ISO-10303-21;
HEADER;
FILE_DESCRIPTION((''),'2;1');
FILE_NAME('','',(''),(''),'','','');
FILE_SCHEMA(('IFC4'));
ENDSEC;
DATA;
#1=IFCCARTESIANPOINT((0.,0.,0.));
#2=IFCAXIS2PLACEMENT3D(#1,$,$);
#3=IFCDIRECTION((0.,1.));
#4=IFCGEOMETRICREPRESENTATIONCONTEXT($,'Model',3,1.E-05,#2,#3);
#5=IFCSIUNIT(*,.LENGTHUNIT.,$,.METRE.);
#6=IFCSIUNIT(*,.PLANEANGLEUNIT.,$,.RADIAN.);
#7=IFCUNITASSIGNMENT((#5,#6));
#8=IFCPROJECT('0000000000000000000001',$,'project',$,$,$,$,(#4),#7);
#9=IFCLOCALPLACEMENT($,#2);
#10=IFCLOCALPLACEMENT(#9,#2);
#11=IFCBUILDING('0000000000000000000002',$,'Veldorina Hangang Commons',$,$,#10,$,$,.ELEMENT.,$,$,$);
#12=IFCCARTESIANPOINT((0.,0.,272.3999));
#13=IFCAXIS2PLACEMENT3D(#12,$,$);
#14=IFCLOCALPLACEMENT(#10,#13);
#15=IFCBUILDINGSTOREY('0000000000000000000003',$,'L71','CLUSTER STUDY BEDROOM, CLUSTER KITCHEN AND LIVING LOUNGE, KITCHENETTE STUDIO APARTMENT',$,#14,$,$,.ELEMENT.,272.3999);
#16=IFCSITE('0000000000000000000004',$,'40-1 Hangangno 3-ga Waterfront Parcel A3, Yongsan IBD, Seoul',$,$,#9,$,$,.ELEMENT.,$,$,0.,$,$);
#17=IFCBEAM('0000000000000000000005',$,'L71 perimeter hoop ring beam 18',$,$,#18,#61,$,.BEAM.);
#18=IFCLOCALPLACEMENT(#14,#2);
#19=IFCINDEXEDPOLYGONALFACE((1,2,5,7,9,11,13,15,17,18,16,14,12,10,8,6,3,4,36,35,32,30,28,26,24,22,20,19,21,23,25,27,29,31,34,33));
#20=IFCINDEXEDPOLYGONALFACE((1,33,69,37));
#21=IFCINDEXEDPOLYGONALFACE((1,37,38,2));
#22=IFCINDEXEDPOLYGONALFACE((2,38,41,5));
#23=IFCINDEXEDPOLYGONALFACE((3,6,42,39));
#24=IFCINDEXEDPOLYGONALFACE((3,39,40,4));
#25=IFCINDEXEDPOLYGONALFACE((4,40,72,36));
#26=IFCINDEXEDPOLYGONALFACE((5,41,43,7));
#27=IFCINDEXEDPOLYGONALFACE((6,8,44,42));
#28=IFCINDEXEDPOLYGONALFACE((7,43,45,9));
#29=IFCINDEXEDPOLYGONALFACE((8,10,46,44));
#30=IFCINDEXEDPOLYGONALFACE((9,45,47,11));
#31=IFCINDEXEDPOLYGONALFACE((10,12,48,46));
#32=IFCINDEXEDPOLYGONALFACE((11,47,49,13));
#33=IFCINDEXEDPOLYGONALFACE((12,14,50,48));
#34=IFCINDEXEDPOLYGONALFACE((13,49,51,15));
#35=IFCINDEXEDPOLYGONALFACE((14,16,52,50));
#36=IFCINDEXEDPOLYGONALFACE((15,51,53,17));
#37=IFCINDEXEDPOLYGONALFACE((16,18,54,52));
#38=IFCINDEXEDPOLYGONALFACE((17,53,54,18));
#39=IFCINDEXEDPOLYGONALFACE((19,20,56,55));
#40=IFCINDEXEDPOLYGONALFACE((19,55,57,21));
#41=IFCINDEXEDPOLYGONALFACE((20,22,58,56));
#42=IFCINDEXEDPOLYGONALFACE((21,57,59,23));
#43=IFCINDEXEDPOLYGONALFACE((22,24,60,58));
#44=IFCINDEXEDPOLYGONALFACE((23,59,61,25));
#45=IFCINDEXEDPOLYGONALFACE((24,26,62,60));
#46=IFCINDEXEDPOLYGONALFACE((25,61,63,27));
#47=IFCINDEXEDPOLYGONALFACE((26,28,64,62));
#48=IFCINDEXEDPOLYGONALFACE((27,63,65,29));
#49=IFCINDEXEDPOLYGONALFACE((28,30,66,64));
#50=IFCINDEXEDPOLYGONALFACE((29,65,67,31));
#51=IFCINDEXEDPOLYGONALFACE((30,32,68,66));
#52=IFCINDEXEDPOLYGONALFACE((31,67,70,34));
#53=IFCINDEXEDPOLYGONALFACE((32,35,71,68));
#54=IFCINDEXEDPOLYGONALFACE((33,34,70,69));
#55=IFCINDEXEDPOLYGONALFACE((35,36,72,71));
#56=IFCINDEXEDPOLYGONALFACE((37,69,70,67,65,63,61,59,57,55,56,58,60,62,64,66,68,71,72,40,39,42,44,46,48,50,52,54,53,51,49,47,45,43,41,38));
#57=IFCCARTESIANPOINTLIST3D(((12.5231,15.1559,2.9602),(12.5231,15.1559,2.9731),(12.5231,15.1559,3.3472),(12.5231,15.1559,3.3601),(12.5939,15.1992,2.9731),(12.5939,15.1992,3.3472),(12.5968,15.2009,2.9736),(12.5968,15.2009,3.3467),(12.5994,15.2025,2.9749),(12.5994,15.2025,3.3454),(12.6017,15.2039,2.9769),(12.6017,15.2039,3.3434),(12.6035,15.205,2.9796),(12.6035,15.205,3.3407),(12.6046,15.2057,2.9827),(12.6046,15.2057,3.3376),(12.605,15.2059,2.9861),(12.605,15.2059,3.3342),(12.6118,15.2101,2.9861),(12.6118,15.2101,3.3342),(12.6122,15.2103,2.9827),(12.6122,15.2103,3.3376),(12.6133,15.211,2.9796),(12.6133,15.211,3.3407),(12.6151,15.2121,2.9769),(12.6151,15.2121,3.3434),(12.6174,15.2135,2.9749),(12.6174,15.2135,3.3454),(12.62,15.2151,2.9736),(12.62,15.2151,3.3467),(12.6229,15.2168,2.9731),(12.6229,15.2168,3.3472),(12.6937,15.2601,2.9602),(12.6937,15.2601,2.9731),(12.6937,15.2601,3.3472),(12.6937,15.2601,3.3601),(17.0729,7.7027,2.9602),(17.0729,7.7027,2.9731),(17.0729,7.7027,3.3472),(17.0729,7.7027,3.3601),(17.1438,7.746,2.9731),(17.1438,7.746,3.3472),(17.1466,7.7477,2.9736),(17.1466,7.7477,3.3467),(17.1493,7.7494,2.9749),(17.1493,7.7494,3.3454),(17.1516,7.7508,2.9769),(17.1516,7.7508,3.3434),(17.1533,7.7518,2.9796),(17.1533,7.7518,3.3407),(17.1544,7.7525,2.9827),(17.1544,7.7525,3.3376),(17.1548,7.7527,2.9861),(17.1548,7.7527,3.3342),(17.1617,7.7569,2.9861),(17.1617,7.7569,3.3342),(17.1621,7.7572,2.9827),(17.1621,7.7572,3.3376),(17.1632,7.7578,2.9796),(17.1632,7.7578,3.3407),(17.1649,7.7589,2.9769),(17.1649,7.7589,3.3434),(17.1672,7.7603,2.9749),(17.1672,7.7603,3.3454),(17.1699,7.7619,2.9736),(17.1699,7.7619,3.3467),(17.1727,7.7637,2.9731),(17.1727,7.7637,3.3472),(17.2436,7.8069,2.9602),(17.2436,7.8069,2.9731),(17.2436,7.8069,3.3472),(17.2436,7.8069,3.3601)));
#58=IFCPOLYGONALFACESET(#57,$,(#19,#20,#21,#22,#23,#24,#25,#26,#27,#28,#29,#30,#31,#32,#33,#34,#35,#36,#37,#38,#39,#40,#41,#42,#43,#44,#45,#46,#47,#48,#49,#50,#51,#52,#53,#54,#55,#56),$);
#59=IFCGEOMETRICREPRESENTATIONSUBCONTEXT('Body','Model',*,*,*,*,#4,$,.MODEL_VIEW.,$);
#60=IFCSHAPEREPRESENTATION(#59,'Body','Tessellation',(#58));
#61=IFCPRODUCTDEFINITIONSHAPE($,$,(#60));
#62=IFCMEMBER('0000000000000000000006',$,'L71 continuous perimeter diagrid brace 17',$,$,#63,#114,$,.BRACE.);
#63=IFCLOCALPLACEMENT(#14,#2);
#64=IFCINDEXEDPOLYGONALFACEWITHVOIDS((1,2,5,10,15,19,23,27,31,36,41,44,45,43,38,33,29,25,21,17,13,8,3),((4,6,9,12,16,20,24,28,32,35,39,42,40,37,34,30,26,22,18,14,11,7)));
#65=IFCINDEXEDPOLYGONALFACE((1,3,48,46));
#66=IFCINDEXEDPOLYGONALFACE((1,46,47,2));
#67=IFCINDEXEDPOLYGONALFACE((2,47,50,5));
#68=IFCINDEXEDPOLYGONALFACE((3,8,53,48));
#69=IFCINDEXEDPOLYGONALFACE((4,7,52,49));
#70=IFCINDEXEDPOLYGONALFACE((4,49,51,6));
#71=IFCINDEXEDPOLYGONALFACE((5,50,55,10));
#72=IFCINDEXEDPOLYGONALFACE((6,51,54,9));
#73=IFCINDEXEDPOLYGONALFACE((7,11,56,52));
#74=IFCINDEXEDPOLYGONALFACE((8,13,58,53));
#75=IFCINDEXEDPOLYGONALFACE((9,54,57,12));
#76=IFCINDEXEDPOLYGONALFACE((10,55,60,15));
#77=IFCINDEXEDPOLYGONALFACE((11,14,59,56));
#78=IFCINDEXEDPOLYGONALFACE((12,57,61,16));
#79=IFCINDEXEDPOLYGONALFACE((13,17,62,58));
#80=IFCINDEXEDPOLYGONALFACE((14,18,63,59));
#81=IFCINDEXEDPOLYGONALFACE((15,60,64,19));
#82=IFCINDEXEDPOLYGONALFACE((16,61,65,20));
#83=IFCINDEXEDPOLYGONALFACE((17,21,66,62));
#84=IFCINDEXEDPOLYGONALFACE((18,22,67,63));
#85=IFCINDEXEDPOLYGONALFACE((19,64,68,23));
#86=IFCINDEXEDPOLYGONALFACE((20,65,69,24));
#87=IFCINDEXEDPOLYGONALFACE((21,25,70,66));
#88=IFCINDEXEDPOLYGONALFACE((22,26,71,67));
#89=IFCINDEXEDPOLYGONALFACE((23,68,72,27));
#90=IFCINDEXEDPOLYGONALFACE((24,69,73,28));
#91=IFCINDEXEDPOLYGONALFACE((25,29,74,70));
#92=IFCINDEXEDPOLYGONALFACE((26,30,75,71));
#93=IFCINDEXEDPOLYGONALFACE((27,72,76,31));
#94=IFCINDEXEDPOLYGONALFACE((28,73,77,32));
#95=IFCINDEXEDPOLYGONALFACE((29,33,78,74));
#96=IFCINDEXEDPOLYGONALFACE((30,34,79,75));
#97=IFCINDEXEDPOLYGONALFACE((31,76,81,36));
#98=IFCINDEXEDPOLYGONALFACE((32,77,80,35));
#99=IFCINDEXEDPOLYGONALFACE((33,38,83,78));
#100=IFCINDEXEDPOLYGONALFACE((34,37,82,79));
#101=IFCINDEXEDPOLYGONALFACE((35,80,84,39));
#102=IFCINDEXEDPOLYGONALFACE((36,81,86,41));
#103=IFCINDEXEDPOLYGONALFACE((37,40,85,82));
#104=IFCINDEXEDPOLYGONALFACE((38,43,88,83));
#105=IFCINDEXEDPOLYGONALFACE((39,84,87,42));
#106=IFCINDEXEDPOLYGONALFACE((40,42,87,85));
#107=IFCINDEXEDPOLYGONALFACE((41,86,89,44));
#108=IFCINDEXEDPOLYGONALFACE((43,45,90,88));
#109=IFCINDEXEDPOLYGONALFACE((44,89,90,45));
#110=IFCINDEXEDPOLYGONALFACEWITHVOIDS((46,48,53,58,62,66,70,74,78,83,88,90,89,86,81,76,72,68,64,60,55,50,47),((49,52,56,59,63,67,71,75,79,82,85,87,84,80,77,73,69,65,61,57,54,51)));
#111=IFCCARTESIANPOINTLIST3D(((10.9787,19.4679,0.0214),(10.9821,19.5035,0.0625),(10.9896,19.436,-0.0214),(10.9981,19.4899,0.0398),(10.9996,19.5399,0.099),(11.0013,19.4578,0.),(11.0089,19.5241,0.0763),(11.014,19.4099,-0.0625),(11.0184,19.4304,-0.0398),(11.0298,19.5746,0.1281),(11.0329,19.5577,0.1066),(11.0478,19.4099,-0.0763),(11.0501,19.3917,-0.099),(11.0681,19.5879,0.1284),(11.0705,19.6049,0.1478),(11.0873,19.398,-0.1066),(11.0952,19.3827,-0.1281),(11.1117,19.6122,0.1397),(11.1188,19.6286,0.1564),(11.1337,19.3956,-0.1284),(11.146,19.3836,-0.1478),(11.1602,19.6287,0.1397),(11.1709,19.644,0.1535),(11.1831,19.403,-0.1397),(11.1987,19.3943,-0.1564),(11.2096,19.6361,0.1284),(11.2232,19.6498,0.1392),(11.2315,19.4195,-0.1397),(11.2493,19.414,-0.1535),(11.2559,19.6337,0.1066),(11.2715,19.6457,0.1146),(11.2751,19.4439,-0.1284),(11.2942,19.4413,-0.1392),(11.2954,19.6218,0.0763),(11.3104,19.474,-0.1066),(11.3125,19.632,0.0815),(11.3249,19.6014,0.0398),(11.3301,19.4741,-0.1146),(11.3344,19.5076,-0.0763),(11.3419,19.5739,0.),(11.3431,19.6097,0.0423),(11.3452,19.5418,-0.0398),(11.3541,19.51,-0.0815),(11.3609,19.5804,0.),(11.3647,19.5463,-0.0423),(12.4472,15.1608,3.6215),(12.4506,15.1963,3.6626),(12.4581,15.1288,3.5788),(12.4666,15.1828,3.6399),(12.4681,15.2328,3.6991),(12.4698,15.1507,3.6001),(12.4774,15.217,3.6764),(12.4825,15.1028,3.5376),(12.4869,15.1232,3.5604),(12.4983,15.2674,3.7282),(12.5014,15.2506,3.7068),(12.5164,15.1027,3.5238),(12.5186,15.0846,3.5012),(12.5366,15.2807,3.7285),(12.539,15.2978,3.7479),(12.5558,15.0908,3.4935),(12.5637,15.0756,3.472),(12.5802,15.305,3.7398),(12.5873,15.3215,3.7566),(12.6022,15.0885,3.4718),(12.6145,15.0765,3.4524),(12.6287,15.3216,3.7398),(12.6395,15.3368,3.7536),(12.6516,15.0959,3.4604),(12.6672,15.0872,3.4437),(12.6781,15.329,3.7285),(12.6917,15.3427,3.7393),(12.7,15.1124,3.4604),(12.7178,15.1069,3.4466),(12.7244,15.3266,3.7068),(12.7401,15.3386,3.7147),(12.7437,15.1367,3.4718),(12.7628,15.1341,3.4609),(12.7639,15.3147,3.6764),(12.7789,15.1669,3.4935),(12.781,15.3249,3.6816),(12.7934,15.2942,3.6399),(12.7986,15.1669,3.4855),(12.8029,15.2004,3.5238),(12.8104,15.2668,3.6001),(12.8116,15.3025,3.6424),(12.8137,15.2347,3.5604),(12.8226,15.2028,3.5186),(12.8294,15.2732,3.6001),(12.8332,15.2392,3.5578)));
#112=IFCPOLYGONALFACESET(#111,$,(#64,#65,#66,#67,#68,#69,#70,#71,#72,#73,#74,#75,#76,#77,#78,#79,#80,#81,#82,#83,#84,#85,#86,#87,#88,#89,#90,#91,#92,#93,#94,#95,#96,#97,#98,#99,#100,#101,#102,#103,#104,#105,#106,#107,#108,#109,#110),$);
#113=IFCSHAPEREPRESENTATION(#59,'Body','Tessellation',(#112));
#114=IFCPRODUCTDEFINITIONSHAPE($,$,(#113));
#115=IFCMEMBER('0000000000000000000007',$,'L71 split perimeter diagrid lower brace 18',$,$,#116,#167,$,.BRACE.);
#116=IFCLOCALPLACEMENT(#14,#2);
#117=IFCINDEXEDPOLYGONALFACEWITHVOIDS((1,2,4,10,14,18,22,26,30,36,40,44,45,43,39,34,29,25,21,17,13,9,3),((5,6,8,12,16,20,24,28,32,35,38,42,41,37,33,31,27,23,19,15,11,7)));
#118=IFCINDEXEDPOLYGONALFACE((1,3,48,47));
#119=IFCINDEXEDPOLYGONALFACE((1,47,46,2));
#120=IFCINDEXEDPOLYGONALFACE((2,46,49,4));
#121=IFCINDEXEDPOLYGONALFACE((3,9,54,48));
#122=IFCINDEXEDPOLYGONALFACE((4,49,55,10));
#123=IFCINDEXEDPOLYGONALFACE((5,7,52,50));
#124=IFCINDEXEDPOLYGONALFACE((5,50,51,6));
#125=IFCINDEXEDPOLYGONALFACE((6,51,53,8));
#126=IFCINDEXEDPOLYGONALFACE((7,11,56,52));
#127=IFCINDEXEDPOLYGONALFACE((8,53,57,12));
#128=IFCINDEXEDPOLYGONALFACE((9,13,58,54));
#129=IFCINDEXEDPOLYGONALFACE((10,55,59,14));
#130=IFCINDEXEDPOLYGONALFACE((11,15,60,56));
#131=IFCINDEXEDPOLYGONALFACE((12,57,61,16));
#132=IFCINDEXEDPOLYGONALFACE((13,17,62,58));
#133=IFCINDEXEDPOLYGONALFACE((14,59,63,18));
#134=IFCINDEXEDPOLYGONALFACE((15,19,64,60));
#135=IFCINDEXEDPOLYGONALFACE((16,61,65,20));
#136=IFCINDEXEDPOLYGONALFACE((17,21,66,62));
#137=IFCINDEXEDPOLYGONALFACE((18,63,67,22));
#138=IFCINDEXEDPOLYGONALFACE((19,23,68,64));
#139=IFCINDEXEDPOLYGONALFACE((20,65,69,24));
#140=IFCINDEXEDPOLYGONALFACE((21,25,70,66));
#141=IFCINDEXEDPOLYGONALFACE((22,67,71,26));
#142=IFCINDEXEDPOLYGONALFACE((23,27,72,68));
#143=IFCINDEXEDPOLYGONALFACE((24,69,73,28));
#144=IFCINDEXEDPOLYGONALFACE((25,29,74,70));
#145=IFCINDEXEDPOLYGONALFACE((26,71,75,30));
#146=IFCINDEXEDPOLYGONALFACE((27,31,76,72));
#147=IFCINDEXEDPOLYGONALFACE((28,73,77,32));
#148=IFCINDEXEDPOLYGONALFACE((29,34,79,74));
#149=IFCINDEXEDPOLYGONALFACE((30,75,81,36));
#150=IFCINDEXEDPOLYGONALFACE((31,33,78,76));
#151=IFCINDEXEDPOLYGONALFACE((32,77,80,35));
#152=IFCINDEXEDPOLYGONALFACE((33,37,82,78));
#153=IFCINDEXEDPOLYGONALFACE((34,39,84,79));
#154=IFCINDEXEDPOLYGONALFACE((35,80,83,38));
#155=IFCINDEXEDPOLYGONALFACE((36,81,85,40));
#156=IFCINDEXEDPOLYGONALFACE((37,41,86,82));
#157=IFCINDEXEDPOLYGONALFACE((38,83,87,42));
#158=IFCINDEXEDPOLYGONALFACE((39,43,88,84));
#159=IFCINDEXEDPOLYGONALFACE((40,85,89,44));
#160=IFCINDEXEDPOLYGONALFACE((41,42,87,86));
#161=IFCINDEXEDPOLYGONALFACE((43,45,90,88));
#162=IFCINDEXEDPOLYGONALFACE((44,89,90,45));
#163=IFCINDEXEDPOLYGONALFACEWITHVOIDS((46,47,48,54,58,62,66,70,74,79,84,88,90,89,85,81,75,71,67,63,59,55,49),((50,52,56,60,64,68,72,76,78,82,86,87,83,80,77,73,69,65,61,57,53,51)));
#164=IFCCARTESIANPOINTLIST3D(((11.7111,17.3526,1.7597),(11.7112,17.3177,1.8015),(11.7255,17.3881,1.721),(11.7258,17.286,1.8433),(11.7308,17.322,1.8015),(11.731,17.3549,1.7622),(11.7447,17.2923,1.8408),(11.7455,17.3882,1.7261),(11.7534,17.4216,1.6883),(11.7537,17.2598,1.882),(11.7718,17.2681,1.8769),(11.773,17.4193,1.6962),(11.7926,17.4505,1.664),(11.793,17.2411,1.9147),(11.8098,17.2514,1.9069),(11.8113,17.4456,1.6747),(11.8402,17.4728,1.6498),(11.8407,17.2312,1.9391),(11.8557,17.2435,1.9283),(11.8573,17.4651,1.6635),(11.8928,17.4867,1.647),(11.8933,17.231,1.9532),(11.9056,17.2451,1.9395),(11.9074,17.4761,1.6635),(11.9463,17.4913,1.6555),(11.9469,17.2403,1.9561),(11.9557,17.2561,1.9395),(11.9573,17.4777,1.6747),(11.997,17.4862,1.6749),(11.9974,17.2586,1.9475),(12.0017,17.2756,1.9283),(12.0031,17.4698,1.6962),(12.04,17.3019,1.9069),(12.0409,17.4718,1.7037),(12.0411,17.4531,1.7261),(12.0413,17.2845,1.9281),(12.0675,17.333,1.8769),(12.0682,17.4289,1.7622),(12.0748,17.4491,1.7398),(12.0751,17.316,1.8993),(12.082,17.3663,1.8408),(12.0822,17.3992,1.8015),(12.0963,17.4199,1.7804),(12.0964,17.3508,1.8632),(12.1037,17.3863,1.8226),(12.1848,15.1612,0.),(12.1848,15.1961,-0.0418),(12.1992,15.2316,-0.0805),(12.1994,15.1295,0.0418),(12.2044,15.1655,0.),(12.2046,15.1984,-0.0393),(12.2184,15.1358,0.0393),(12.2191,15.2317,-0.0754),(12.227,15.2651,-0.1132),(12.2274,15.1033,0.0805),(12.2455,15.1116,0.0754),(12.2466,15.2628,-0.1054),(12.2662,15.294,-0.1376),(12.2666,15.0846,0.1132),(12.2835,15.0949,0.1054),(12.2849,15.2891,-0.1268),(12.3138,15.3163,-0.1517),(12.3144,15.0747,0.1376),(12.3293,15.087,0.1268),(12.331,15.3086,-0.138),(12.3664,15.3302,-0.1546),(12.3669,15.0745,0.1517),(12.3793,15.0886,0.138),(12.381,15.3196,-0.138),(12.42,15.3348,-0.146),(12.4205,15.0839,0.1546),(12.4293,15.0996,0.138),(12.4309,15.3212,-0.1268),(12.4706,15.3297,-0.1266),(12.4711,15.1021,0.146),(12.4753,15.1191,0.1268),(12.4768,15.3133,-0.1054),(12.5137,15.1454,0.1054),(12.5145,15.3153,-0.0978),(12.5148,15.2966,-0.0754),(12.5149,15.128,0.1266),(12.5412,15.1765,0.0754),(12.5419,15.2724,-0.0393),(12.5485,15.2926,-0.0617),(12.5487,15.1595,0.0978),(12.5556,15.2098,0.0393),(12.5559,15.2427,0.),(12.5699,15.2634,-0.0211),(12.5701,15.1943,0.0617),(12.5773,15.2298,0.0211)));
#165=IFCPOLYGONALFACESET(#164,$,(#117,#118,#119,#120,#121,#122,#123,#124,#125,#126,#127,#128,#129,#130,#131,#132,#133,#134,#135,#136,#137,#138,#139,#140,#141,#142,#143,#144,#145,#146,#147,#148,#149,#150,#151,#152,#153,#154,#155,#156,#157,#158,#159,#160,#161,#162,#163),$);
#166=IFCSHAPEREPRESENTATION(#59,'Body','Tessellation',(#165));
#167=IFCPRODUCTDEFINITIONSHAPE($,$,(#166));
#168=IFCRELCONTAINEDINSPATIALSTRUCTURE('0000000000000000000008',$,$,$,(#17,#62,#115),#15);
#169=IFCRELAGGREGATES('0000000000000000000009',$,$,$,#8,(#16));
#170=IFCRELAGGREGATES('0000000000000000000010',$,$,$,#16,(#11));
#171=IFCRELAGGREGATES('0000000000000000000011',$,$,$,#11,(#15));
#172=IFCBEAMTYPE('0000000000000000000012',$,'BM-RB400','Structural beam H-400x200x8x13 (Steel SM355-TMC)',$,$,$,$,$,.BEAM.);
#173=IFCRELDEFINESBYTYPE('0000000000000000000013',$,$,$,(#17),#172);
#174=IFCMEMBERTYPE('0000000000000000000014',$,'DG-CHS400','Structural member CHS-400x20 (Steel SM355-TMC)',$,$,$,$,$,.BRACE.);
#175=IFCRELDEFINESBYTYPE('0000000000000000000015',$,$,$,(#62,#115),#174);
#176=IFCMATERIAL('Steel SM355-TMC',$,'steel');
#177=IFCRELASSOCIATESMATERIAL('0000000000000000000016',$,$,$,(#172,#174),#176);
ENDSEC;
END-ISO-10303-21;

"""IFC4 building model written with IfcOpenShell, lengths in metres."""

from ifc_helpers import new_model, si_unit, direction, frame, origin, origin_2d, place, context, subcontext, project, spatial, hollow_circle, i_section, extrude, material, material_profile, profile_set, type_object, element, save


model = new_model("IFC4")

# Units and contexts
model_context = context("Model", 3, precision=1e-05, world=origin(), true_north=direction((0.0, 1.0)))
body_context = subcontext(model_context, "Body", "Model", "MODEL_VIEW")
ifc_project = project(units=[si_unit("LENGTHUNIT", "METRE"), si_unit("PLANEANGLEUNIT", "RADIAN")], contexts=[model_context])

# Site, building, storey
site_placement = place(None, origin())
site = spatial("IfcSite", under=ifc_project, at=site_placement, Name="40-1 Hangangno 3-ga Waterfront Parcel A3, Yongsan IBD, Seoul", CompositionType="ELEMENT", RefElevation=0.0)
building_placement = place(site_placement, origin())
building = spatial("IfcBuilding", under=site, at=building_placement, Name="Veldorina Hangang Commons", CompositionType="ELEMENT")
storey_placement = place(building_placement, frame((0.0, 0.0, 272.3999)))
storey = spatial("IfcBuildingStorey", under=building, at=storey_placement, Name="L71", Description="CLUSTER STUDY BEDROOM, CLUSTER KITCHEN AND LIVING LOUNGE, KITCHENETTE STUDIO APARTMENT", CompositionType="ELEMENT", Elevation=272.3999)

# Beam
ifc_material_1 = material(Name="Steel SM355-TMC", Category="steel")
ifc_material_profile_1 = material_profile(ifc_material_1, i_section(OverallWidth=0.2, OverallDepth=0.3999, WebThickness=0.0081, FlangeThickness=0.0129, FilletRadius=0.0129, at=origin_2d()), Name="H-400x200x8x13")
ifc_profile_set_1 = profile_set([ifc_material_profile_1], Name="Steel SM355-TMC")
beam_type = type_object("IfcBeamType", Name="BM-RB400", Description="Structural beam H-400x200x8x13 (Steel SM355-TMC)", PredefinedType="BEAM", material=ifc_profile_set_1)
beam_placement = place(storey_placement, frame((12.6084, 15.208, 3.1602), z_axis=(0.521043, -0.853531, 0.0), x_axis=(0.853531, 0.521043, 0.0)))
element("IfcBeam", 1, at=beam_placement, inside=storey, type_object=beam_type, Name="L71 perimeter hoop ring beam 18", PredefinedType="BEAM", context=body_context, shape_type="SweptSolid", body=[
    extrude(i_section(OverallWidth=0.2, OverallDepth=0.3999, WebThickness=0.0081, FlangeThickness=0.0129, FilletRadius=0.0129, at=origin_2d()), origin(), (0.0, 0.0, 1.0), 8.7322),
])

# Members
ifc_material_profile_2 = material_profile(ifc_material_1, hollow_circle(Radius=0.2, WallThickness=0.02, at=origin_2d()), Name="CHS-400x20")
ifc_profile_set_2 = profile_set([ifc_material_profile_2], Name="Steel SM355-TMC")
member_type_1 = type_object("IfcMemberType", Name="DG-CHS400", Description="Structural member CHS-400x20 (Steel SM355-TMC)", PredefinedType="BRACE", material=ifc_profile_set_2)
member_1_placement = place(storey_placement, frame((11.1716, 19.5159, 0.0), z_axis=(0.253083, -0.742293, 0.620443), x_axis=(0.946499, 0.322707, 0.0)))
element("IfcMember", 2, at=member_1_placement, inside=storey, type_object=member_type_1, Name="L71 continuous perimeter diagrid brace 17", PredefinedType="BRACE", context=body_context, shape_type="SweptSolid", body=[
    extrude(hollow_circle(Radius=0.2, WallThickness=0.02, at=origin_2d()), origin(), (0.0, 0.0, 1.0), 5.8025),
])
member_2_placement = place(storey_placement, frame((12.3801, 15.2041, 0.0), z_axis=(-0.16621, 0.75677, 0.632198), x_axis=(-0.97672, -0.214518, 0.0)))
element("IfcMember", 3, at=member_2_placement, inside=storey, type_object=member_type_1, Name="L71 split perimeter diagrid lower brace 18", PredefinedType="BRACE", context=body_context, shape_type="SweptSolid", body=[
    extrude(hollow_circle(Radius=0.2, WallThickness=0.02, at=origin_2d()), origin(), (0.0, 0.0, 1.0), 2.8496),
])

save(model, "model.ifc")
